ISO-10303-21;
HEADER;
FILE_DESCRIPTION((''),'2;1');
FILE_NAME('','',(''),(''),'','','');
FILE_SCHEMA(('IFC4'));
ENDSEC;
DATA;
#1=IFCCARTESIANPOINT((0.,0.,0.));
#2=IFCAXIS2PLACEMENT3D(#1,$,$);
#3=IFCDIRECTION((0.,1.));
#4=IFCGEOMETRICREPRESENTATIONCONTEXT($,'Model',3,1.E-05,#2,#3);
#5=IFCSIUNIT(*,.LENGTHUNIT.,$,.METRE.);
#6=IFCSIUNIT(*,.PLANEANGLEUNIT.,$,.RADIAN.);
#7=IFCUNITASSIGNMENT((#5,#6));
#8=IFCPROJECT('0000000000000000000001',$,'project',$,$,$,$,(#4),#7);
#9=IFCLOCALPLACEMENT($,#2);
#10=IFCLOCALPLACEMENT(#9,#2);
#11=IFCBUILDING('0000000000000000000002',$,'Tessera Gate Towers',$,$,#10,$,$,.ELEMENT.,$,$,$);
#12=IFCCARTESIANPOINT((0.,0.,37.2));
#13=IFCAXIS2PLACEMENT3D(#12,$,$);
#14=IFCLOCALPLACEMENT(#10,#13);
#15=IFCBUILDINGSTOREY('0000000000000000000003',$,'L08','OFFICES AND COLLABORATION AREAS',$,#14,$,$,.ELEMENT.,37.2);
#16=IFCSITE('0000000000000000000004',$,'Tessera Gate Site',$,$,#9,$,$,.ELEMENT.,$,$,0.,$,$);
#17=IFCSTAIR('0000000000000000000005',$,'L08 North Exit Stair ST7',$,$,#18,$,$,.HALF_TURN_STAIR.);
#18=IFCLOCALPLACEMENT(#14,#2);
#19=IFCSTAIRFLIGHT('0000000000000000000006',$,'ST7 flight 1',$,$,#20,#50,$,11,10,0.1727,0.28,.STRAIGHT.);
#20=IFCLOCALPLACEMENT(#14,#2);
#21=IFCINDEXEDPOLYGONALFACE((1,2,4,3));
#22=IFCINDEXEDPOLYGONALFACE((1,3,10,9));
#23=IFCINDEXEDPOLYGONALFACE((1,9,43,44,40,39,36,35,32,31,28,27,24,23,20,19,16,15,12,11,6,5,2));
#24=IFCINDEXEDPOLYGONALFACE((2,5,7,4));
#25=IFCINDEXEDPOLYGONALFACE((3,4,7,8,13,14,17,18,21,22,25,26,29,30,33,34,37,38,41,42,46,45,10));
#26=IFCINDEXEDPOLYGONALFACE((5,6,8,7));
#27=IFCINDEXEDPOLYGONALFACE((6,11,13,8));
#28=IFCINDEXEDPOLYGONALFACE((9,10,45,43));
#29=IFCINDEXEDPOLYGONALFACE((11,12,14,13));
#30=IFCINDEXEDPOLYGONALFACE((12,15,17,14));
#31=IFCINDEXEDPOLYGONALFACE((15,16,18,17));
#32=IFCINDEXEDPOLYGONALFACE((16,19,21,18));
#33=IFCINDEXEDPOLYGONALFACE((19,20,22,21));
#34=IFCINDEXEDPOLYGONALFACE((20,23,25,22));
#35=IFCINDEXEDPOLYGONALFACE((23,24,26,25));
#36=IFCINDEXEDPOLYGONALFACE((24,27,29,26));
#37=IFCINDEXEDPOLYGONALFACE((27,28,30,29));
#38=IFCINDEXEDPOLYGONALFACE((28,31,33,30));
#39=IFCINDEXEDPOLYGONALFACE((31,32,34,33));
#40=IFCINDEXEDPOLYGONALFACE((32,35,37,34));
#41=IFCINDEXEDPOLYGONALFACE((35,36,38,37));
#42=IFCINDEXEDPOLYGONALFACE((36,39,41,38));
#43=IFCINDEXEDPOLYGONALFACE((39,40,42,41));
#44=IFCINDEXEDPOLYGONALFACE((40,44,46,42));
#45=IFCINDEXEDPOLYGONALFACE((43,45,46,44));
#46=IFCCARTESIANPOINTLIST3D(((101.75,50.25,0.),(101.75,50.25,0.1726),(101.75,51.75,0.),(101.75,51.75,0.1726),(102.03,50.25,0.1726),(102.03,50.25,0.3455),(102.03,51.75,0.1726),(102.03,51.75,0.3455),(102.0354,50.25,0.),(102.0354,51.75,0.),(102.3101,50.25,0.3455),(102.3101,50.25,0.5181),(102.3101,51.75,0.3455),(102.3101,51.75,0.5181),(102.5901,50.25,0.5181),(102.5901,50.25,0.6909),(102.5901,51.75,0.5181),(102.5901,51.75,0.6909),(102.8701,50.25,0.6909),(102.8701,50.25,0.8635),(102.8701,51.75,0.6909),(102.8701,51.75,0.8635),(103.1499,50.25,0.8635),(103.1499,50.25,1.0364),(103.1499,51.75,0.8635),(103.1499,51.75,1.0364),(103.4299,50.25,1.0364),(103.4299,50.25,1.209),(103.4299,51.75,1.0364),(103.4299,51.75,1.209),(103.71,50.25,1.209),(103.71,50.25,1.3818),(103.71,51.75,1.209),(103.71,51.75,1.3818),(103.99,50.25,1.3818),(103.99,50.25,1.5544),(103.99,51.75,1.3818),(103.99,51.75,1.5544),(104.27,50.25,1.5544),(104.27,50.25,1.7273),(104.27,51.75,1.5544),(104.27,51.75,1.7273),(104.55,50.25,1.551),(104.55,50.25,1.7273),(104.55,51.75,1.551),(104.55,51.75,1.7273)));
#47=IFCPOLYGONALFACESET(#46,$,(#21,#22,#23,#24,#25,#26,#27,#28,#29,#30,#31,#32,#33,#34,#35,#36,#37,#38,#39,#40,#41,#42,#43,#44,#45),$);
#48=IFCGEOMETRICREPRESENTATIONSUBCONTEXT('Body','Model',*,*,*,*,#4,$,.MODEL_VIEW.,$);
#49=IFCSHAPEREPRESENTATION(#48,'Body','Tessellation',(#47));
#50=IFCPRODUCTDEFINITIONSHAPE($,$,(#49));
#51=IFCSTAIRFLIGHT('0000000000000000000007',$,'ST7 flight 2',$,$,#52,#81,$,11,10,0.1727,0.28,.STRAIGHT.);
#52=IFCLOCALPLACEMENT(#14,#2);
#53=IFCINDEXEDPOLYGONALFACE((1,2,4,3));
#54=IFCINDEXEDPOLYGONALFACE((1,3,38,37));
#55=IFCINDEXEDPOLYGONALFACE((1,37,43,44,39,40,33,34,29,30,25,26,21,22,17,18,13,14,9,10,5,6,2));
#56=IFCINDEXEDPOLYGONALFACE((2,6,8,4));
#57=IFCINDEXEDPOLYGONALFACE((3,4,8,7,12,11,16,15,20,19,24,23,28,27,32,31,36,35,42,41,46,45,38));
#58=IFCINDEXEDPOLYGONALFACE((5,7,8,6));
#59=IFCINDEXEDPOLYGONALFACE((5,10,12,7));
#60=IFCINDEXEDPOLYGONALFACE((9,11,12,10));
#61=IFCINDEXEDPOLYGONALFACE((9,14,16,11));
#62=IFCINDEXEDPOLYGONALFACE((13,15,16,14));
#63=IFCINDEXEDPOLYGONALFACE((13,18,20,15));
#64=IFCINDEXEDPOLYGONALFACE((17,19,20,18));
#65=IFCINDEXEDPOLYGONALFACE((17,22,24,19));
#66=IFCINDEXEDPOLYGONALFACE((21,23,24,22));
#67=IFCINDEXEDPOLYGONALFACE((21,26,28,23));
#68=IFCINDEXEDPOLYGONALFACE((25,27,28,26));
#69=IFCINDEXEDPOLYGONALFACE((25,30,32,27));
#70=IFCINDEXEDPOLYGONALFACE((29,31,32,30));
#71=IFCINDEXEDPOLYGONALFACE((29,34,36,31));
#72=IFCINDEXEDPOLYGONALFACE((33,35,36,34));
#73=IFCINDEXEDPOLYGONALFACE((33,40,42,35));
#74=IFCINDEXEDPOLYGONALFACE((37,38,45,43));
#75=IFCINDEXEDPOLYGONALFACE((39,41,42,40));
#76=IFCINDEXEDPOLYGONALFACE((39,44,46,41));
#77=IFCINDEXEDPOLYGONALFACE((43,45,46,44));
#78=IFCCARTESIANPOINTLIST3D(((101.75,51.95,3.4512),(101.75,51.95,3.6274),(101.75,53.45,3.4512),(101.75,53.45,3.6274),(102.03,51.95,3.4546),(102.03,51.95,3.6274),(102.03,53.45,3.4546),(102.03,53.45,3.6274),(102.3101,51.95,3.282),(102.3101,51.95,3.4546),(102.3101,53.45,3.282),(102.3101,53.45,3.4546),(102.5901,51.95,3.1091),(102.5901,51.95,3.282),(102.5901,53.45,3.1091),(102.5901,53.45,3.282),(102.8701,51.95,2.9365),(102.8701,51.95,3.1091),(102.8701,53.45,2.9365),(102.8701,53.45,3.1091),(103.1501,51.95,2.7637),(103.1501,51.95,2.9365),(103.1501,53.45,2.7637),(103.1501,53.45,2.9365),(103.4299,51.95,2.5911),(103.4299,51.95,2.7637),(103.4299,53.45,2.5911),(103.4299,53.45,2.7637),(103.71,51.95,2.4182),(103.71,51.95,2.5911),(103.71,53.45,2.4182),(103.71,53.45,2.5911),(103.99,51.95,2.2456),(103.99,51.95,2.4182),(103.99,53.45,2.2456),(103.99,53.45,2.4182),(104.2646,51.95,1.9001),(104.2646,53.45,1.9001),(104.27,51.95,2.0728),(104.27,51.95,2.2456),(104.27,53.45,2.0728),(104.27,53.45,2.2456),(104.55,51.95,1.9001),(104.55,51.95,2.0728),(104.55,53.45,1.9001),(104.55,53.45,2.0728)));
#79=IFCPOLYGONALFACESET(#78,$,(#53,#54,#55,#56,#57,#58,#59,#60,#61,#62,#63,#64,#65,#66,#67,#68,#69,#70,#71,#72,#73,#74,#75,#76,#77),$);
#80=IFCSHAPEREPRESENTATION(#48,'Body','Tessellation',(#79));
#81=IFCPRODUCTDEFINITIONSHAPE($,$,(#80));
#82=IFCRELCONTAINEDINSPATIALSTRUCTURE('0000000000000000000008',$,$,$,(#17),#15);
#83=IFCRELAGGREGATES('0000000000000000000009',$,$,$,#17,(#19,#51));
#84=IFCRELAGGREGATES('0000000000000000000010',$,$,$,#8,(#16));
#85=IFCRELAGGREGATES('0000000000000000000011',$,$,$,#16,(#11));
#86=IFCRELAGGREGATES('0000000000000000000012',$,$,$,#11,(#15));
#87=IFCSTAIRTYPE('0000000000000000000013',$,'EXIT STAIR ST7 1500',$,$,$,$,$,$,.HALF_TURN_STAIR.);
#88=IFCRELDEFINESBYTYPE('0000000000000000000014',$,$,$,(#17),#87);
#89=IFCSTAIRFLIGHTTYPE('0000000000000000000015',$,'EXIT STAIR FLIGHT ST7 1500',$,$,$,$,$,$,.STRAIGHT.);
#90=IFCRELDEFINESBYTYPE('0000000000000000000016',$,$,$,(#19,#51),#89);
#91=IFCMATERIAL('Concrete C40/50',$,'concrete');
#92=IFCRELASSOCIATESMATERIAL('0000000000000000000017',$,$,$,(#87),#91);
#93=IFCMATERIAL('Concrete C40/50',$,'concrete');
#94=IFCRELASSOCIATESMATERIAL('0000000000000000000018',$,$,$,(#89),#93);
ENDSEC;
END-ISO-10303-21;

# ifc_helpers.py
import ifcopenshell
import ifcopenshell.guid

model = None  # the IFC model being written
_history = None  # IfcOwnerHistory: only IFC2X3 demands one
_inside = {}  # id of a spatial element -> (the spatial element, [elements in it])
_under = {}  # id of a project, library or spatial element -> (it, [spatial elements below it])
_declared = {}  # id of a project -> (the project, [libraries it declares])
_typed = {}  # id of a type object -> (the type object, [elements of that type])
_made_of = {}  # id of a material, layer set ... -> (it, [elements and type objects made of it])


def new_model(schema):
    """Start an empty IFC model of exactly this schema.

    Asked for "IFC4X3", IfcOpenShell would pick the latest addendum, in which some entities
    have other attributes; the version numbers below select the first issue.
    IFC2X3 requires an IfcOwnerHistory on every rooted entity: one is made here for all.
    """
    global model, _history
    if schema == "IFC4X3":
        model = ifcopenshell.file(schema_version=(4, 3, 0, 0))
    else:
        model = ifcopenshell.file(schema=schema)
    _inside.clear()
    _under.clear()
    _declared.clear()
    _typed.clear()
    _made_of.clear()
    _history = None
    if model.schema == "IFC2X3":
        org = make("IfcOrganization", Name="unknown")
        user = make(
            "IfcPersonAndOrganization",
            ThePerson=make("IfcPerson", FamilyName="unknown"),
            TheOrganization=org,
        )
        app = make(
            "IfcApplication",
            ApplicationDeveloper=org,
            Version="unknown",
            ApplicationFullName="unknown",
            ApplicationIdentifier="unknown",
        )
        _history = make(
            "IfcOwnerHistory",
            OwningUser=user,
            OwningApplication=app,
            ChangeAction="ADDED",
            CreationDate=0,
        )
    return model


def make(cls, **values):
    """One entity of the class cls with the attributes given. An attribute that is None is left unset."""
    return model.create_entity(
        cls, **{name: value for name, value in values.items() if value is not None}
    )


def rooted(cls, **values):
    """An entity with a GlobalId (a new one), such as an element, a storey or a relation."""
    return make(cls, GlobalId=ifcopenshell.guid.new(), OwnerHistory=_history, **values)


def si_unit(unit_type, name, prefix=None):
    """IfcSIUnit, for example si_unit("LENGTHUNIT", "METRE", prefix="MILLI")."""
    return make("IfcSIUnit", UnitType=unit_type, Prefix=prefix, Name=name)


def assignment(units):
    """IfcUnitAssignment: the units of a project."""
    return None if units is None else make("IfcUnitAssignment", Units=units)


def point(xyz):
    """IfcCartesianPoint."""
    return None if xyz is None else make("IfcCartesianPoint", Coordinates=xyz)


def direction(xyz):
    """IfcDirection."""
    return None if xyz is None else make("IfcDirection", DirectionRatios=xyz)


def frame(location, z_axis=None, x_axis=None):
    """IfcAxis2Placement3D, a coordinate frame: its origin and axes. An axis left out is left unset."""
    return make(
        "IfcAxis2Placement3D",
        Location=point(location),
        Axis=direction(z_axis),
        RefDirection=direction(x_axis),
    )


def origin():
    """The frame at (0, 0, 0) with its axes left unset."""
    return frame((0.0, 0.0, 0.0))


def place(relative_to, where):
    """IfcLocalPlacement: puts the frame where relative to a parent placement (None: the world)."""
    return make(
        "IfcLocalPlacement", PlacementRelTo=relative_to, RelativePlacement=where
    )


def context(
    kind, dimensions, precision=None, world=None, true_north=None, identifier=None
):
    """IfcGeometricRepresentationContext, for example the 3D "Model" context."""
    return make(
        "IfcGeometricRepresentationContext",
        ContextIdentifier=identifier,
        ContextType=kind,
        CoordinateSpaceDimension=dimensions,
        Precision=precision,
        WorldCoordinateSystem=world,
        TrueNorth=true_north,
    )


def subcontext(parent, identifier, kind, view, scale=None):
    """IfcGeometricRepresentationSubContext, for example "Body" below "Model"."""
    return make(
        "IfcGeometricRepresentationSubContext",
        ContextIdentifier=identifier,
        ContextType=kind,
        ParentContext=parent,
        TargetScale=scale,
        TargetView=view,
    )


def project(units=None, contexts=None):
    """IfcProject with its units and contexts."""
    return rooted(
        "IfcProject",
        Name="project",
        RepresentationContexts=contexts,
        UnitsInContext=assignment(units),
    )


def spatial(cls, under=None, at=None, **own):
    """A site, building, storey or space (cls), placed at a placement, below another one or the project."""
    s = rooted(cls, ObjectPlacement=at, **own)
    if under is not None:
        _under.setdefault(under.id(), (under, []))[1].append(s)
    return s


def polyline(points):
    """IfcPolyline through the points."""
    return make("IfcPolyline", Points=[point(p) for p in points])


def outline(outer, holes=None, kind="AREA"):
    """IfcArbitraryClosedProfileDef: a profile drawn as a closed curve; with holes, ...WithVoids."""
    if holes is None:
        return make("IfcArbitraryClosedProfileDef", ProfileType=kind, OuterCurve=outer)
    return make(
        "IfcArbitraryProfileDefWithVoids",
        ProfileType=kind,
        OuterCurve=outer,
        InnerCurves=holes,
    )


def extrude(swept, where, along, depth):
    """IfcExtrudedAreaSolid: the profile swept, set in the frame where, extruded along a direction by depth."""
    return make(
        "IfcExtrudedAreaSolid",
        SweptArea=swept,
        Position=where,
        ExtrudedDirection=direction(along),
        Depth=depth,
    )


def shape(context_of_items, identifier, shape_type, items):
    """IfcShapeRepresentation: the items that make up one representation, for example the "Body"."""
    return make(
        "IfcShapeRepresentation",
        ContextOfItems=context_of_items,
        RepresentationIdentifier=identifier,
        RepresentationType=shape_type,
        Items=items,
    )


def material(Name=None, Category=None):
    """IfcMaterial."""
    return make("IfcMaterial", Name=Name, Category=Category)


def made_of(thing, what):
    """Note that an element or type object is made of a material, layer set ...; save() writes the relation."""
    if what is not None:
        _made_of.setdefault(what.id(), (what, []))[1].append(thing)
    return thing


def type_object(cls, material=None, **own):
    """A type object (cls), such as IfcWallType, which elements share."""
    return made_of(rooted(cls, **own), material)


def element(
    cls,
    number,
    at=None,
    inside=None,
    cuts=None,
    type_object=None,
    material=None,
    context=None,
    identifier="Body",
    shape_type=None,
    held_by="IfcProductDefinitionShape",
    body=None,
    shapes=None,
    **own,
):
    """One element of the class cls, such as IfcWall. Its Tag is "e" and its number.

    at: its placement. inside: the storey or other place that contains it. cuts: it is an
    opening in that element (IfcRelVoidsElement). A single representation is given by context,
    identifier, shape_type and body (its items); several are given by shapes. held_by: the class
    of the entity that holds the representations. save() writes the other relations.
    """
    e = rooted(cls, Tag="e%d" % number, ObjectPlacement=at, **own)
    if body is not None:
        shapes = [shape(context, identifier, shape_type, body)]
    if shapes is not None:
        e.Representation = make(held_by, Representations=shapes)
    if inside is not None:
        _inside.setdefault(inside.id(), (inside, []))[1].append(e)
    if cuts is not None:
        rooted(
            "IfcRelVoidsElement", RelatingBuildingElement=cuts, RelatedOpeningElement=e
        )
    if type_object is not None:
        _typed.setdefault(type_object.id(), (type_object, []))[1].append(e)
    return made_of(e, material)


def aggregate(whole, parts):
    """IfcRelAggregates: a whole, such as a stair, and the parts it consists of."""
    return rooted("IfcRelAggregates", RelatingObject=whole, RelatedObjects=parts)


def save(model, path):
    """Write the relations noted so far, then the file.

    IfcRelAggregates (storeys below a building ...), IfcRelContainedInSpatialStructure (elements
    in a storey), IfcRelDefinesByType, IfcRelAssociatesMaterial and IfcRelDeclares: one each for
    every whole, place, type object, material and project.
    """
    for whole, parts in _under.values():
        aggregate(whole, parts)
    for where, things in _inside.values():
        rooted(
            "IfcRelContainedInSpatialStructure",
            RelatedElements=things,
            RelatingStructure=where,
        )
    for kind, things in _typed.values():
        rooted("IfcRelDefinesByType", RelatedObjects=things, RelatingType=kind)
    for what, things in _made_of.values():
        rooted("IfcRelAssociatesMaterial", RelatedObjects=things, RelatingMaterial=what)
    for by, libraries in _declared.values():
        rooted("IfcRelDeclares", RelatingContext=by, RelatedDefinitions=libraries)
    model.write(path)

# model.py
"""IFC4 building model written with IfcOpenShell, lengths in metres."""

from ifc_helpers import new_model, si_unit, direction, frame, origin, place, context, subcontext, project, spatial, polyline, outline, extrude, material, type_object, element, aggregate, save


model = new_model("IFC4")

# Units and contexts
model_context = context("Model", 3, precision=1e-05, world=origin(), true_north=direction((0.0, 1.0)))
body_context = subcontext(model_context, "Body", "Model", "MODEL_VIEW")
ifc_project = project(units=[si_unit("LENGTHUNIT", "METRE"), si_unit("PLANEANGLEUNIT", "RADIAN")], contexts=[model_context])

# Site, building, storey
site_placement = place(None, origin())
site = spatial("IfcSite", under=ifc_project, at=site_placement, Name="Tessera Gate Site", CompositionType="ELEMENT", RefElevation=0.0)
building_placement = place(site_placement, origin())
building = spatial("IfcBuilding", under=site, at=building_placement, Name="Tessera Gate Towers", CompositionType="ELEMENT")
storey_placement = place(building_placement, frame((0.0, 0.0, 37.2)))
storey = spatial("IfcBuildingStorey", under=building, at=storey_placement, Name="L08", Description="OFFICES AND COLLABORATION AREAS", CompositionType="ELEMENT", Elevation=37.2)

# Stair, stair flights
ifc_material_1 = material(Name="Concrete C40/50", Category="concrete")
stair_type = type_object("IfcStairType", Name="EXIT STAIR ST7 1500", PredefinedType="HALF_TURN_STAIR", material=ifc_material_1)
stair_placement = place(storey_placement, origin())
stair = element("IfcStair", 1, at=stair_placement, inside=storey, type_object=stair_type, Name="L08 North Exit Stair ST7", PredefinedType="HALF_TURN_STAIR")
ifc_material_2 = material(Name="Concrete C40/50", Category="concrete")
stair_flight_type = type_object("IfcStairFlightType", Name="EXIT STAIR FLIGHT ST7 1500", PredefinedType="STRAIGHT", material=ifc_material_2)
stair_flight_1_placement = place(storey_placement, frame((101.75, 51.0, 0.0), z_axis=(0.0, 0.0, 1.0), x_axis=(1.0, 0.0, 0.0)))
stair_flight_1 = element("IfcStairFlight", 2, at=stair_flight_1_placement, type_object=stair_flight_type, Name="ST7 flight 1", NumberOfRisers=11, NumberOfTreads=10, PredefinedType="STRAIGHT", RiserHeight=0.1727, TreadLength=0.28, context=body_context, shape_type="SweptSolid", body=[
    extrude(outline(polyline([(0.0, 0.0), (0.0, 0.1726), (0.28, 0.1726), (0.28, 0.3455), (0.5601, 0.3455), (0.5601, 0.5181), (0.8401, 0.5181), (0.8401, 0.6909), (1.1201, 0.6909), (1.1201, 0.8635), (1.3999, 0.8635), (1.3999, 1.0364), (1.6799, 1.0364), (1.6799, 1.209), (1.96, 1.209), (1.96, 1.3818), (2.24, 1.3818), (2.24, 1.5544), (2.52, 1.5544), (2.52, 1.7273), (2.8, 1.7273), (2.8, 1.8999), (2.8, 1.551), (0.2854, 0.0), (0.0, 0.0)])), frame((0.0, 0.75, 0.0), z_axis=(0.0, -1.0, 0.0), x_axis=(1.0, 0.0, 0.0)), (0.0, 0.0, 1.0), 1.5),
])
stair_flight_2_placement = place(storey_placement, frame((104.55, 52.7, 1.9001), z_axis=(0.0, 0.0, 1.0), x_axis=(-1.0, 0.0, 0.0)))
stair_flight_2 = element("IfcStairFlight", 3, at=stair_flight_2_placement, type_object=stair_flight_type, Name="ST7 flight 2", NumberOfRisers=11, NumberOfTreads=10, PredefinedType="STRAIGHT", RiserHeight=0.1727, TreadLength=0.28, context=body_context, shape_type="SweptSolid", body=[
    extrude(outline(polyline([(0.0, 0.0), (0.0, 0.1726), (0.28, 0.1726), (0.28, 0.3455), (0.5601, 0.3455), (0.5601, 0.5181), (0.8401, 0.5181), (0.8401, 0.6909), (1.1201, 0.6909), (1.1201, 0.8635), (1.3999, 0.8635), (1.3999, 1.0364), (1.6799, 1.0364), (1.6799, 1.209), (1.96, 1.209), (1.96, 1.3818), (2.24, 1.3818), (2.24, 1.5544), (2.52, 1.5544), (2.52, 1.7273), (2.8, 1.7273), (2.8, 1.8999), (2.8, 1.551), (0.2854, 0.0), (0.0, 0.0)])), frame((0.0, 0.75, 0.0), z_axis=(0.0, -1.0, 0.0), x_axis=(1.0, 0.0, 0.0)), (0.0, 0.0, 1.0), 1.5),
])
aggregate(stair, [stair_flight_1, stair_flight_2])

save(model, "model.ifc")
